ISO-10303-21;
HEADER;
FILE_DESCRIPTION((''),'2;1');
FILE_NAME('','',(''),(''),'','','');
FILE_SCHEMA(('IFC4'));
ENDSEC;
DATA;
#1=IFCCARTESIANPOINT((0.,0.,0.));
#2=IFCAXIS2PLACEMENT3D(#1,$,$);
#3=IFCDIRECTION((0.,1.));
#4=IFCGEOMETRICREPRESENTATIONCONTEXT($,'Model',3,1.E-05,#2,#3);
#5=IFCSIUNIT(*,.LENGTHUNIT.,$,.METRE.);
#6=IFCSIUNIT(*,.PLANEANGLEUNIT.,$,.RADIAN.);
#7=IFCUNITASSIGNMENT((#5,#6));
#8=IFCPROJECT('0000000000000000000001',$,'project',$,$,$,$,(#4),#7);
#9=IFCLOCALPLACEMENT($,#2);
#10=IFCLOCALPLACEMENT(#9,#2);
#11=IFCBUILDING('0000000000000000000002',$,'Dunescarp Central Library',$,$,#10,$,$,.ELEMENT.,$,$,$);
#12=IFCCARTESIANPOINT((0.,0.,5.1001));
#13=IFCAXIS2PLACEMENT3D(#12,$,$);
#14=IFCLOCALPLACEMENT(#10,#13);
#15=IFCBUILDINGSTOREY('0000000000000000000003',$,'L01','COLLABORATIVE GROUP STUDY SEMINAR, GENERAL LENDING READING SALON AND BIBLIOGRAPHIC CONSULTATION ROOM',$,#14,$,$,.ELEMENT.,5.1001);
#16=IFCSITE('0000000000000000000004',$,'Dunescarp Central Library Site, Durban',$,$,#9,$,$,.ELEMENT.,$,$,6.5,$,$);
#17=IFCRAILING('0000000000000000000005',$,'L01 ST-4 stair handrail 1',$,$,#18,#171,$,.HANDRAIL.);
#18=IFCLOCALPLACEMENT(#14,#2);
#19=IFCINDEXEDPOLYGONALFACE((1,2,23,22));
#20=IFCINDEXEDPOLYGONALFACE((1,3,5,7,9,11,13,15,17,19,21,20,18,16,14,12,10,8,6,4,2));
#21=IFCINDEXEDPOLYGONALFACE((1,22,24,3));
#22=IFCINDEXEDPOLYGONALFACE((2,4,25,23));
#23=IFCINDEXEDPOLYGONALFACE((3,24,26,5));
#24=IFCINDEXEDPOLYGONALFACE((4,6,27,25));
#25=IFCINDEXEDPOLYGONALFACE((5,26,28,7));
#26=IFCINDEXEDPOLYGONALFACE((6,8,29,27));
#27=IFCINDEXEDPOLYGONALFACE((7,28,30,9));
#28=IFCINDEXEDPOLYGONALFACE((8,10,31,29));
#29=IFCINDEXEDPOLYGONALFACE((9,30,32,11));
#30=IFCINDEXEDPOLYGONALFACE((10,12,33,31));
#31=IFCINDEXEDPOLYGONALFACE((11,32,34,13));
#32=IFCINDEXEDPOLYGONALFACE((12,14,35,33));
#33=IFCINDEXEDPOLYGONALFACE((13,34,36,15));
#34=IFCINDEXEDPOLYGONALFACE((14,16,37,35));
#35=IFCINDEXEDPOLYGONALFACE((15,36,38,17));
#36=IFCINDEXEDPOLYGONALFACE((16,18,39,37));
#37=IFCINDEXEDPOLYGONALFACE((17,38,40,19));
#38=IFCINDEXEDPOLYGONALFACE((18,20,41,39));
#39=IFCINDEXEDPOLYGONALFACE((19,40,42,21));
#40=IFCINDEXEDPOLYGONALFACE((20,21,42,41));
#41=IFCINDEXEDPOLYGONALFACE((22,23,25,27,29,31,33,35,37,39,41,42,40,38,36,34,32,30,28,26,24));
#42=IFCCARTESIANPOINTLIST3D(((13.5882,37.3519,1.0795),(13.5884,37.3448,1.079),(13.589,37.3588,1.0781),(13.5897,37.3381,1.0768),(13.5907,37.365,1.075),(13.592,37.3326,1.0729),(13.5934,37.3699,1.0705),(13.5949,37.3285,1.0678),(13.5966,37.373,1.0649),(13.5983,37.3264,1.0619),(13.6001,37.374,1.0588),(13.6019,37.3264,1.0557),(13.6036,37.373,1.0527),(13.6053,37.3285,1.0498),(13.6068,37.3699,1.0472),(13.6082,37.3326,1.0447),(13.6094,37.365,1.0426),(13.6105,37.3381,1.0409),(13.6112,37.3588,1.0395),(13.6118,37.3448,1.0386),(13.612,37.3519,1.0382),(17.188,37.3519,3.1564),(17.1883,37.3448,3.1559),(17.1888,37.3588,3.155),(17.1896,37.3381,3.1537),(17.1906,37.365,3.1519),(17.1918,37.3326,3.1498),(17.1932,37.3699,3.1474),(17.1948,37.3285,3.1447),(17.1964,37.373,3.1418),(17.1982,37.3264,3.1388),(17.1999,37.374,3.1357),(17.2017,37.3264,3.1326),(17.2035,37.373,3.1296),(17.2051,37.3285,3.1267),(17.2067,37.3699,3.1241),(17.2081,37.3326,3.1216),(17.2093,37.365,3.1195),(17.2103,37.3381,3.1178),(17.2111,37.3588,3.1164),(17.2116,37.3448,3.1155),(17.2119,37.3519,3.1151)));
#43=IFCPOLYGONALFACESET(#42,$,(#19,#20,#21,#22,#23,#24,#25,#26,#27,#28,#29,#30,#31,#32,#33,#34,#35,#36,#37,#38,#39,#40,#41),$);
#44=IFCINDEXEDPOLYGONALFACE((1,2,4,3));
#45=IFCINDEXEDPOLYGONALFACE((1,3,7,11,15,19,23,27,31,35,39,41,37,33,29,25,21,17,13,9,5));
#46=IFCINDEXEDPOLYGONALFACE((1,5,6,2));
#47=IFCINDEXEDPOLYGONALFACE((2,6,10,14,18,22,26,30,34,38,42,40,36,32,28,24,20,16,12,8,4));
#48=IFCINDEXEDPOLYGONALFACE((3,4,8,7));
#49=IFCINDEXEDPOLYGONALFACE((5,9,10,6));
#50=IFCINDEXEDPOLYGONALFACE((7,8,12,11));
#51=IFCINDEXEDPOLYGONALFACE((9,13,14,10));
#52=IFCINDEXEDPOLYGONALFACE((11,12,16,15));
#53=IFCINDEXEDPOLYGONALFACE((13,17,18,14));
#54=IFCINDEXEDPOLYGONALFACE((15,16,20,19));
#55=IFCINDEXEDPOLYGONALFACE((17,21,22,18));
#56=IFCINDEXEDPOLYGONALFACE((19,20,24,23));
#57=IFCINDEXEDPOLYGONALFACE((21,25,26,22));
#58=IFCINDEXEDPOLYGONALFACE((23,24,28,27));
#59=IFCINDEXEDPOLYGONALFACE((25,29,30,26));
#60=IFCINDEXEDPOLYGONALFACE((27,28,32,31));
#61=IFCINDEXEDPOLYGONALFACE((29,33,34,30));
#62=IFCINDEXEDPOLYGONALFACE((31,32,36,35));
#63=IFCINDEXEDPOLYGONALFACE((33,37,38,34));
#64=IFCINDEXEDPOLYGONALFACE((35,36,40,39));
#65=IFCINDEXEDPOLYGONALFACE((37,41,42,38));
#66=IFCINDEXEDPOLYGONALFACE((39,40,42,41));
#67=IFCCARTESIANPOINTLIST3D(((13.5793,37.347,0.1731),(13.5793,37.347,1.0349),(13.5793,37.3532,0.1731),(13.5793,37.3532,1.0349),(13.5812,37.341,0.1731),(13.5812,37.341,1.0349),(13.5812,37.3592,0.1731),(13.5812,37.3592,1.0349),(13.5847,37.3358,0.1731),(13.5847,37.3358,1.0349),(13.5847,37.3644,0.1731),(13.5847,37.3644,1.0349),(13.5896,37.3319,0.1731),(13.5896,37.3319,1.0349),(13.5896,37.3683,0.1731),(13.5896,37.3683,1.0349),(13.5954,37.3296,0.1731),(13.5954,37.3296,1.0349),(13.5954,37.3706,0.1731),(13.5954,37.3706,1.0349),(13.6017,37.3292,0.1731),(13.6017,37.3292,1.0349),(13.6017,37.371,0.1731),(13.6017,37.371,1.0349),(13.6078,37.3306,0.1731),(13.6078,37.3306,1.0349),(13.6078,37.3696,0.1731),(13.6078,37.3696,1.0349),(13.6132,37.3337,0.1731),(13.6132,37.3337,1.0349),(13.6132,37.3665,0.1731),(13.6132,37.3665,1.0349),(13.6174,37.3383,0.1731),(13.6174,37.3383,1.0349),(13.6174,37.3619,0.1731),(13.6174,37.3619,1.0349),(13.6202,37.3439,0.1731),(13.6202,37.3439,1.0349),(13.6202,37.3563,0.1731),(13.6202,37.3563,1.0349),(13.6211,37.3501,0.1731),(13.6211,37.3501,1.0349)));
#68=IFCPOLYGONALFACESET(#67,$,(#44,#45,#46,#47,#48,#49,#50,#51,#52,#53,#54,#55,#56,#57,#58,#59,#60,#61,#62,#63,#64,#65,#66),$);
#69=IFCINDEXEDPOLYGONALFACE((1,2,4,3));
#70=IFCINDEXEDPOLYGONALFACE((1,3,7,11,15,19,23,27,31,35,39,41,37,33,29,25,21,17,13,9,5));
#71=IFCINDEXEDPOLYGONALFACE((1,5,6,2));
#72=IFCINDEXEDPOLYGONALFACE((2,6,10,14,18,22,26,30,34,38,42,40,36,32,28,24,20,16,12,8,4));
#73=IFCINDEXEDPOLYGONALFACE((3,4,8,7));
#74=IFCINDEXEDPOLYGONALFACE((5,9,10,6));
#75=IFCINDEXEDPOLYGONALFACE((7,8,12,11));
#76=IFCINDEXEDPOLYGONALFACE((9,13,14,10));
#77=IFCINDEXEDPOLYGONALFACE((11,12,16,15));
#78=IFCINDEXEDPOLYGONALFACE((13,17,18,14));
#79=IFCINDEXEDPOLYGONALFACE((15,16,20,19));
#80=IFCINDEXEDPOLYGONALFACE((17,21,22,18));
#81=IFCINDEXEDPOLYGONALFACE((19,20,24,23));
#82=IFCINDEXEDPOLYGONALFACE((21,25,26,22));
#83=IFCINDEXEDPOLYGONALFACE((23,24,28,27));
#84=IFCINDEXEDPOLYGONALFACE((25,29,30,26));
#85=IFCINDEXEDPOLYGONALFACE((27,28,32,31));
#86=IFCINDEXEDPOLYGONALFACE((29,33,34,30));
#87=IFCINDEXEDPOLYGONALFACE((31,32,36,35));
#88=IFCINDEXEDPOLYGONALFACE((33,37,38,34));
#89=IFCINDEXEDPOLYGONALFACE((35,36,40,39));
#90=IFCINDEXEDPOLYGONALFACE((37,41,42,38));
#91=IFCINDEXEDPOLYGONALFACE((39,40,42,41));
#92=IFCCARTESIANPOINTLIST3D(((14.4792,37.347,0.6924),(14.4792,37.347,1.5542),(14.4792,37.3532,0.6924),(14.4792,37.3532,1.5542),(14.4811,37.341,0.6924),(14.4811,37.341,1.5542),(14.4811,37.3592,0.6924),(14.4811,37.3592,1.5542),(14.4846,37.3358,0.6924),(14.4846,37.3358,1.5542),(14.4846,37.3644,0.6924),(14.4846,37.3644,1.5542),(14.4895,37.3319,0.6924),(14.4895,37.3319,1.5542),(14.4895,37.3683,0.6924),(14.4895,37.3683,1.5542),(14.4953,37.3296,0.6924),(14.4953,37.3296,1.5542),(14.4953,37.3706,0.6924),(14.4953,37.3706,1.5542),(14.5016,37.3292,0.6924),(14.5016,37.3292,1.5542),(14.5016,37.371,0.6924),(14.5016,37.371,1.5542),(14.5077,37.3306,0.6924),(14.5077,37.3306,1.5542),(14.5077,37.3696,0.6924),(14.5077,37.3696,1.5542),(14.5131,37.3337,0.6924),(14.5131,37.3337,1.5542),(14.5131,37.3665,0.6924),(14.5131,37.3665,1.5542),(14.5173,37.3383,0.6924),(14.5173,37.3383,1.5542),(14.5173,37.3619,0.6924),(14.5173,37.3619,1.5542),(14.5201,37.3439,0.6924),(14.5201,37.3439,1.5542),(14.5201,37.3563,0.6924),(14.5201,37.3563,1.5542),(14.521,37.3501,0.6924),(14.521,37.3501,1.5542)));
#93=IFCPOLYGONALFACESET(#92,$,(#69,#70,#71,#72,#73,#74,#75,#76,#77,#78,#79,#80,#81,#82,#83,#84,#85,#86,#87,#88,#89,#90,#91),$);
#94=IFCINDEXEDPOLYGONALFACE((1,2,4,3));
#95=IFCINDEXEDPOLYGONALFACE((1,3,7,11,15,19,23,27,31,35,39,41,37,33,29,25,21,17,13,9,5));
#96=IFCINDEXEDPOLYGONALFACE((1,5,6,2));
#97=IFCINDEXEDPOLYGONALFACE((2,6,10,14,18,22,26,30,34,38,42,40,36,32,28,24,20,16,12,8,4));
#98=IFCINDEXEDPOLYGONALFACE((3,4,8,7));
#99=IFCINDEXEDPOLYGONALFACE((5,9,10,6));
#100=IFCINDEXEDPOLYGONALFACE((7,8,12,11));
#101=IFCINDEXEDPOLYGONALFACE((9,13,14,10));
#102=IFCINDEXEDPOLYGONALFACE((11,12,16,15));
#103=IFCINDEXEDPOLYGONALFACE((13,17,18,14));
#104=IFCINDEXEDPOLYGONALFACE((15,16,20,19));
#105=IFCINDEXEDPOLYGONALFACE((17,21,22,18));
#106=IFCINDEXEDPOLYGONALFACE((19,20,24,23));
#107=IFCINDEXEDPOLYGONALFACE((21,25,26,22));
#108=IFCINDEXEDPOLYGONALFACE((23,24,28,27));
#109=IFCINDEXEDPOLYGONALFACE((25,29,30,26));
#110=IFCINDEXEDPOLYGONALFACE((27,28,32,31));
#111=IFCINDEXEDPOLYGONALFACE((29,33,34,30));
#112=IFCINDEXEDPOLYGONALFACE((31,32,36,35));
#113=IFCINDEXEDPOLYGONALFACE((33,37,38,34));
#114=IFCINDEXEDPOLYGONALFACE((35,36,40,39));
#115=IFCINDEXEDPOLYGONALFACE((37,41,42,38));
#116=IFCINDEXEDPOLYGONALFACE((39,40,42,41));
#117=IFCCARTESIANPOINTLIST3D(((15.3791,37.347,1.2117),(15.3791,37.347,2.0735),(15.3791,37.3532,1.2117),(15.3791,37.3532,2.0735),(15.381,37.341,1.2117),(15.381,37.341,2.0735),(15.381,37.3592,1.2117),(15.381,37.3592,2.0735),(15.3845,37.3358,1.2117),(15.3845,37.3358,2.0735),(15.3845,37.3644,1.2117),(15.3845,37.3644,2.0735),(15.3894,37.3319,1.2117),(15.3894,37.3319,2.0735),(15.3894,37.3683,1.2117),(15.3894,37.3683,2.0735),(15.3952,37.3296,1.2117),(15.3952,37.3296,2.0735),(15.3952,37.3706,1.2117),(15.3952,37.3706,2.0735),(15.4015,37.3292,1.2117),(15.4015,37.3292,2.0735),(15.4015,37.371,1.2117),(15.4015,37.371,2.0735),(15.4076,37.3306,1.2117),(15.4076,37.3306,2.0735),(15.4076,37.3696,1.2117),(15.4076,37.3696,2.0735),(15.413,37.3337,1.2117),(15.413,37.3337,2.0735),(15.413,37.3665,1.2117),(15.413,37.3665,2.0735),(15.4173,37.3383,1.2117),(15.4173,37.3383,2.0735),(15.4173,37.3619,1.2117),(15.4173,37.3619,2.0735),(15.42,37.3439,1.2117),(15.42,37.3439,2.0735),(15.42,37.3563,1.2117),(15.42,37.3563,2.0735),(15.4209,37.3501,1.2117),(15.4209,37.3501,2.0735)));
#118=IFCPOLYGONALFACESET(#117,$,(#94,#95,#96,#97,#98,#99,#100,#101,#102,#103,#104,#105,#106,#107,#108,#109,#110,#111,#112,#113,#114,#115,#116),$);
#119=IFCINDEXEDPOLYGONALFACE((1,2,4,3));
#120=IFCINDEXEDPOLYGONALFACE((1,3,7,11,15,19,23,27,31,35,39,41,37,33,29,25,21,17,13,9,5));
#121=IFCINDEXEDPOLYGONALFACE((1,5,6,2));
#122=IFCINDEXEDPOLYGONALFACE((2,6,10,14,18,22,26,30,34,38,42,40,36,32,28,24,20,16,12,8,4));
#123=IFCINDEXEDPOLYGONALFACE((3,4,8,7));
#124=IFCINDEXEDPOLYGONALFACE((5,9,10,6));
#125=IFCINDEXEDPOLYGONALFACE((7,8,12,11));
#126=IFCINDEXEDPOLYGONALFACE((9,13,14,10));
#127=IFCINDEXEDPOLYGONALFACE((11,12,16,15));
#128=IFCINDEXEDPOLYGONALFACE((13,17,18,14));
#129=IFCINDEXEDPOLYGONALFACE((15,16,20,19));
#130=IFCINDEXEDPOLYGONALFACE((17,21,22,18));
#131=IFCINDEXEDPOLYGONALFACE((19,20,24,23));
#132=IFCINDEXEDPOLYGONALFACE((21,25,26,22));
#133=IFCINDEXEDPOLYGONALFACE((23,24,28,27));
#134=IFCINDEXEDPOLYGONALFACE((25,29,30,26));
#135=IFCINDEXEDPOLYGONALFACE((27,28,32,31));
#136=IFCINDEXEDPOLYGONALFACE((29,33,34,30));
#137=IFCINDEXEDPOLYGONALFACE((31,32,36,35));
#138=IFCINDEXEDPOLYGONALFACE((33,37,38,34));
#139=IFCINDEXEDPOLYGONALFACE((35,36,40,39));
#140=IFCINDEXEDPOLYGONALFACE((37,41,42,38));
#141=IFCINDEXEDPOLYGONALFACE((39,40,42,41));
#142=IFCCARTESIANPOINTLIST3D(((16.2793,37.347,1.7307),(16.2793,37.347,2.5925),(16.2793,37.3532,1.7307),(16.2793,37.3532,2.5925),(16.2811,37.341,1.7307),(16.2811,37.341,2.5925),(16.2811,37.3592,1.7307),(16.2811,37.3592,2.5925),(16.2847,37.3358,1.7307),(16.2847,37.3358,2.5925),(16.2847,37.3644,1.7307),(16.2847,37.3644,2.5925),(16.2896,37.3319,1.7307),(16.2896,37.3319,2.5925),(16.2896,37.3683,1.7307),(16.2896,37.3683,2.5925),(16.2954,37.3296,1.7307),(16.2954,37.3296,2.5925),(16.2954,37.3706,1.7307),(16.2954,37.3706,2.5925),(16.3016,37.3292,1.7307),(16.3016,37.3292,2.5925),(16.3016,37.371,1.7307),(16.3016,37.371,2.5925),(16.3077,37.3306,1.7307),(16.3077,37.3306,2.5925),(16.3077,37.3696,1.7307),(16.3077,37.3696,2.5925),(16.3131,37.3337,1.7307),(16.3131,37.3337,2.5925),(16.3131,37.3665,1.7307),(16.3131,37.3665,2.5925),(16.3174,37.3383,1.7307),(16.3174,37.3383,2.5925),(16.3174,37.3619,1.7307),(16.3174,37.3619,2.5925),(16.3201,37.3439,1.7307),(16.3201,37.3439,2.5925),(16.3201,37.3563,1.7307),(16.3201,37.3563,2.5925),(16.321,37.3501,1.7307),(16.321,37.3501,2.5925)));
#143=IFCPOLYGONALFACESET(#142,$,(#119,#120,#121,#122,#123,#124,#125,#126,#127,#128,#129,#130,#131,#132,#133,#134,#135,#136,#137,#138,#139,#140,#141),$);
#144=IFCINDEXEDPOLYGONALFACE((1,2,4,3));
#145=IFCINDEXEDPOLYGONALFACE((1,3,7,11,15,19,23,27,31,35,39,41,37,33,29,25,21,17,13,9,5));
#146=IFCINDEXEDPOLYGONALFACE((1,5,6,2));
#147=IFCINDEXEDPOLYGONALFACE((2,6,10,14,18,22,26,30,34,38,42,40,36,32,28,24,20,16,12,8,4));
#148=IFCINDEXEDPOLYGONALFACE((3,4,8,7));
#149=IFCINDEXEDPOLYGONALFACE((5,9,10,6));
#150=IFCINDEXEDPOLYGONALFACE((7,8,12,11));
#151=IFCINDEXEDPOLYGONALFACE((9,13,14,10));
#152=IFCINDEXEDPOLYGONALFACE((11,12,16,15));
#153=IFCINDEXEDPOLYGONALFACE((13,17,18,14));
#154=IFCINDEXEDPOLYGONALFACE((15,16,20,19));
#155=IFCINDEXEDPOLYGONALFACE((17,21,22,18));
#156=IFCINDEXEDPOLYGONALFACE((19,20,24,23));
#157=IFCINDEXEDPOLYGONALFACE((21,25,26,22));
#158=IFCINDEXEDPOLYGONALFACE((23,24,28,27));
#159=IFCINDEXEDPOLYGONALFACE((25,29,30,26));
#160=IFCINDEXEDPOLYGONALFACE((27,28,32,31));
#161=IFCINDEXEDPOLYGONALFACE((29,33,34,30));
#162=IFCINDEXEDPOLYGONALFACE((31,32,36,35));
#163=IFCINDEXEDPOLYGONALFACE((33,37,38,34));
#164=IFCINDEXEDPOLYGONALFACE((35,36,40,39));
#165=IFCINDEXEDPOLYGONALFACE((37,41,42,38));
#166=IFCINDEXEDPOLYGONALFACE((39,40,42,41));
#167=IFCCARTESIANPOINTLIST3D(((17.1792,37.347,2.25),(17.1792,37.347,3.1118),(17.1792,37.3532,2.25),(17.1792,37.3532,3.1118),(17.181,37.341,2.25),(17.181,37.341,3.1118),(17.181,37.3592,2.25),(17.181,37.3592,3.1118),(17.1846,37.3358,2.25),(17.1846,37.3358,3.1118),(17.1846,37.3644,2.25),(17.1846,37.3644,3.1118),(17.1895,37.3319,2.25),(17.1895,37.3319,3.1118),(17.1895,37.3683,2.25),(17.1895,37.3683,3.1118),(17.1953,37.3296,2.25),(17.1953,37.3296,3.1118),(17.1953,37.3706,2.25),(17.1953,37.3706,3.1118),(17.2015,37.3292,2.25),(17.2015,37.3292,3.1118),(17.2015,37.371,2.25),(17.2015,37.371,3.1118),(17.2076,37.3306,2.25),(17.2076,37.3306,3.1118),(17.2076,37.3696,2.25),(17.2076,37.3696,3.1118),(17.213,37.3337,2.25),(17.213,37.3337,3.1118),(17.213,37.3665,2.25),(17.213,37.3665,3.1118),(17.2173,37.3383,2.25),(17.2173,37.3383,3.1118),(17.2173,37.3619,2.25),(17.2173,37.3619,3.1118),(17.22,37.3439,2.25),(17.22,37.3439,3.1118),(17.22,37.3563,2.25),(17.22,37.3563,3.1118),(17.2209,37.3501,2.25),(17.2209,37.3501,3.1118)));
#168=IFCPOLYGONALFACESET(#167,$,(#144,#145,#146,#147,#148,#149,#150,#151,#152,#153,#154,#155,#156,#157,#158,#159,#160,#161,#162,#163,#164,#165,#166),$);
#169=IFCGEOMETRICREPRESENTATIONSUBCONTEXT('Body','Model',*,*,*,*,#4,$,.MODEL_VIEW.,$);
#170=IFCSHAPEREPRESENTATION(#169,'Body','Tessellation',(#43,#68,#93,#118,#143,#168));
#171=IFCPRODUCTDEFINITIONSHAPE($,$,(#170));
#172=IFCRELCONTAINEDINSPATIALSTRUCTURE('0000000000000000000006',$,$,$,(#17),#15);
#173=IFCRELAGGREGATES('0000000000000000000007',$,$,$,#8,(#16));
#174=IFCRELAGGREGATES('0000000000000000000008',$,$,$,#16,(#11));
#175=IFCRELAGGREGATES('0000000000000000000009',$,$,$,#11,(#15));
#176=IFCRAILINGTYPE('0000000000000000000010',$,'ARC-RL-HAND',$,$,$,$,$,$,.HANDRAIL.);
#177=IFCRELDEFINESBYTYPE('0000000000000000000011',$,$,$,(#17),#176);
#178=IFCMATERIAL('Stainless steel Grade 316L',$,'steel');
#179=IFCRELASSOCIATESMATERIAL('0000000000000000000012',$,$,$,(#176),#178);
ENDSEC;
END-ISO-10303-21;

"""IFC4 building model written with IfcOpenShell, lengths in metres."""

from ifc_helpers import new_model, si_unit, direction, frame, origin, origin_2d, place, context, subcontext, project, spatial, circle, extrude, material, type_object, element, save


model = new_model("IFC4")

# Units and contexts
model_context = context("Model", 3, precision=1e-05, world=origin(), true_north=direction((0.0, 1.0)))
body_context = subcontext(model_context, "Body", "Model", "MODEL_VIEW")
ifc_project = project(units=[si_unit("LENGTHUNIT", "METRE"), si_unit("PLANEANGLEUNIT", "RADIAN")], contexts=[model_context])

# Site, building, storey
site_placement = place(None, origin())
site = spatial("IfcSite", under=ifc_project, at=site_placement, Name="Dunescarp Central Library Site, Durban", CompositionType="ELEMENT", RefElevation=6.5)
building_placement = place(site_placement, origin())
building = spatial("IfcBuilding", under=site, at=building_placement, Name="Dunescarp Central Library", CompositionType="ELEMENT")
storey_placement = place(building_placement, frame((0.0, 0.0, 5.1001)))
storey = spatial("IfcBuildingStorey", under=building, at=storey_placement, Name="L01", Description="COLLABORATIVE GROUP STUDY SEMINAR, GENERAL LENDING READING SALON AND BIBLIOGRAPHIC CONSULTATION ROOM", CompositionType="ELEMENT", Elevation=5.1001)

# Railing
ifc_material_1 = material(Name="Stainless steel Grade 316L", Category="steel")
railing_type_1 = type_object("IfcRailingType", Name="ARC-RL-HAND", PredefinedType="HANDRAIL", material=ifc_material_1)
railing_1_placement = place(storey_placement, frame((13.6001, 37.3501, 0.1731)))
element("IfcRailing", 1, at=railing_1_placement, inside=storey, type_object=railing_type_1, Name="L01 ST-4 stair handrail 1", PredefinedType="HANDRAIL", context=body_context, shape_type="SweptSolid", body=[
    extrude(circle(Radius=0.0239, at=origin_2d()), frame((0.0, 0.0, 0.8857), z_axis=(0.866179, 0.0, 0.499734), x_axis=(0.0, 1.0, 0.0)), (0.0, 0.0, 1.0), 4.156),
    extrude(circle(Radius=0.021, at=origin_2d()), origin(), (0.0, 0.0, 1.0), 0.8618),
    extrude(circle(Radius=0.021, at=origin_2d()), frame((0.8999, 0.0, 0.5193)), (0.0, 0.0, 1.0), 0.8618),
    extrude(circle(Radius=0.021, at=origin_2d()), frame((1.7998, 0.0, 1.0386)), (0.0, 0.0, 1.0), 0.8618),
    extrude(circle(Radius=0.021, at=origin_2d()), frame((2.7, 0.0, 1.5576)), (0.0, 0.0, 1.0), 0.8618),
    extrude(circle(Radius=0.021, at=origin_2d()), frame((3.5999, 0.0, 2.0769)), (0.0, 0.0, 1.0), 0.8618),
])

save(model, "model.ifc")
